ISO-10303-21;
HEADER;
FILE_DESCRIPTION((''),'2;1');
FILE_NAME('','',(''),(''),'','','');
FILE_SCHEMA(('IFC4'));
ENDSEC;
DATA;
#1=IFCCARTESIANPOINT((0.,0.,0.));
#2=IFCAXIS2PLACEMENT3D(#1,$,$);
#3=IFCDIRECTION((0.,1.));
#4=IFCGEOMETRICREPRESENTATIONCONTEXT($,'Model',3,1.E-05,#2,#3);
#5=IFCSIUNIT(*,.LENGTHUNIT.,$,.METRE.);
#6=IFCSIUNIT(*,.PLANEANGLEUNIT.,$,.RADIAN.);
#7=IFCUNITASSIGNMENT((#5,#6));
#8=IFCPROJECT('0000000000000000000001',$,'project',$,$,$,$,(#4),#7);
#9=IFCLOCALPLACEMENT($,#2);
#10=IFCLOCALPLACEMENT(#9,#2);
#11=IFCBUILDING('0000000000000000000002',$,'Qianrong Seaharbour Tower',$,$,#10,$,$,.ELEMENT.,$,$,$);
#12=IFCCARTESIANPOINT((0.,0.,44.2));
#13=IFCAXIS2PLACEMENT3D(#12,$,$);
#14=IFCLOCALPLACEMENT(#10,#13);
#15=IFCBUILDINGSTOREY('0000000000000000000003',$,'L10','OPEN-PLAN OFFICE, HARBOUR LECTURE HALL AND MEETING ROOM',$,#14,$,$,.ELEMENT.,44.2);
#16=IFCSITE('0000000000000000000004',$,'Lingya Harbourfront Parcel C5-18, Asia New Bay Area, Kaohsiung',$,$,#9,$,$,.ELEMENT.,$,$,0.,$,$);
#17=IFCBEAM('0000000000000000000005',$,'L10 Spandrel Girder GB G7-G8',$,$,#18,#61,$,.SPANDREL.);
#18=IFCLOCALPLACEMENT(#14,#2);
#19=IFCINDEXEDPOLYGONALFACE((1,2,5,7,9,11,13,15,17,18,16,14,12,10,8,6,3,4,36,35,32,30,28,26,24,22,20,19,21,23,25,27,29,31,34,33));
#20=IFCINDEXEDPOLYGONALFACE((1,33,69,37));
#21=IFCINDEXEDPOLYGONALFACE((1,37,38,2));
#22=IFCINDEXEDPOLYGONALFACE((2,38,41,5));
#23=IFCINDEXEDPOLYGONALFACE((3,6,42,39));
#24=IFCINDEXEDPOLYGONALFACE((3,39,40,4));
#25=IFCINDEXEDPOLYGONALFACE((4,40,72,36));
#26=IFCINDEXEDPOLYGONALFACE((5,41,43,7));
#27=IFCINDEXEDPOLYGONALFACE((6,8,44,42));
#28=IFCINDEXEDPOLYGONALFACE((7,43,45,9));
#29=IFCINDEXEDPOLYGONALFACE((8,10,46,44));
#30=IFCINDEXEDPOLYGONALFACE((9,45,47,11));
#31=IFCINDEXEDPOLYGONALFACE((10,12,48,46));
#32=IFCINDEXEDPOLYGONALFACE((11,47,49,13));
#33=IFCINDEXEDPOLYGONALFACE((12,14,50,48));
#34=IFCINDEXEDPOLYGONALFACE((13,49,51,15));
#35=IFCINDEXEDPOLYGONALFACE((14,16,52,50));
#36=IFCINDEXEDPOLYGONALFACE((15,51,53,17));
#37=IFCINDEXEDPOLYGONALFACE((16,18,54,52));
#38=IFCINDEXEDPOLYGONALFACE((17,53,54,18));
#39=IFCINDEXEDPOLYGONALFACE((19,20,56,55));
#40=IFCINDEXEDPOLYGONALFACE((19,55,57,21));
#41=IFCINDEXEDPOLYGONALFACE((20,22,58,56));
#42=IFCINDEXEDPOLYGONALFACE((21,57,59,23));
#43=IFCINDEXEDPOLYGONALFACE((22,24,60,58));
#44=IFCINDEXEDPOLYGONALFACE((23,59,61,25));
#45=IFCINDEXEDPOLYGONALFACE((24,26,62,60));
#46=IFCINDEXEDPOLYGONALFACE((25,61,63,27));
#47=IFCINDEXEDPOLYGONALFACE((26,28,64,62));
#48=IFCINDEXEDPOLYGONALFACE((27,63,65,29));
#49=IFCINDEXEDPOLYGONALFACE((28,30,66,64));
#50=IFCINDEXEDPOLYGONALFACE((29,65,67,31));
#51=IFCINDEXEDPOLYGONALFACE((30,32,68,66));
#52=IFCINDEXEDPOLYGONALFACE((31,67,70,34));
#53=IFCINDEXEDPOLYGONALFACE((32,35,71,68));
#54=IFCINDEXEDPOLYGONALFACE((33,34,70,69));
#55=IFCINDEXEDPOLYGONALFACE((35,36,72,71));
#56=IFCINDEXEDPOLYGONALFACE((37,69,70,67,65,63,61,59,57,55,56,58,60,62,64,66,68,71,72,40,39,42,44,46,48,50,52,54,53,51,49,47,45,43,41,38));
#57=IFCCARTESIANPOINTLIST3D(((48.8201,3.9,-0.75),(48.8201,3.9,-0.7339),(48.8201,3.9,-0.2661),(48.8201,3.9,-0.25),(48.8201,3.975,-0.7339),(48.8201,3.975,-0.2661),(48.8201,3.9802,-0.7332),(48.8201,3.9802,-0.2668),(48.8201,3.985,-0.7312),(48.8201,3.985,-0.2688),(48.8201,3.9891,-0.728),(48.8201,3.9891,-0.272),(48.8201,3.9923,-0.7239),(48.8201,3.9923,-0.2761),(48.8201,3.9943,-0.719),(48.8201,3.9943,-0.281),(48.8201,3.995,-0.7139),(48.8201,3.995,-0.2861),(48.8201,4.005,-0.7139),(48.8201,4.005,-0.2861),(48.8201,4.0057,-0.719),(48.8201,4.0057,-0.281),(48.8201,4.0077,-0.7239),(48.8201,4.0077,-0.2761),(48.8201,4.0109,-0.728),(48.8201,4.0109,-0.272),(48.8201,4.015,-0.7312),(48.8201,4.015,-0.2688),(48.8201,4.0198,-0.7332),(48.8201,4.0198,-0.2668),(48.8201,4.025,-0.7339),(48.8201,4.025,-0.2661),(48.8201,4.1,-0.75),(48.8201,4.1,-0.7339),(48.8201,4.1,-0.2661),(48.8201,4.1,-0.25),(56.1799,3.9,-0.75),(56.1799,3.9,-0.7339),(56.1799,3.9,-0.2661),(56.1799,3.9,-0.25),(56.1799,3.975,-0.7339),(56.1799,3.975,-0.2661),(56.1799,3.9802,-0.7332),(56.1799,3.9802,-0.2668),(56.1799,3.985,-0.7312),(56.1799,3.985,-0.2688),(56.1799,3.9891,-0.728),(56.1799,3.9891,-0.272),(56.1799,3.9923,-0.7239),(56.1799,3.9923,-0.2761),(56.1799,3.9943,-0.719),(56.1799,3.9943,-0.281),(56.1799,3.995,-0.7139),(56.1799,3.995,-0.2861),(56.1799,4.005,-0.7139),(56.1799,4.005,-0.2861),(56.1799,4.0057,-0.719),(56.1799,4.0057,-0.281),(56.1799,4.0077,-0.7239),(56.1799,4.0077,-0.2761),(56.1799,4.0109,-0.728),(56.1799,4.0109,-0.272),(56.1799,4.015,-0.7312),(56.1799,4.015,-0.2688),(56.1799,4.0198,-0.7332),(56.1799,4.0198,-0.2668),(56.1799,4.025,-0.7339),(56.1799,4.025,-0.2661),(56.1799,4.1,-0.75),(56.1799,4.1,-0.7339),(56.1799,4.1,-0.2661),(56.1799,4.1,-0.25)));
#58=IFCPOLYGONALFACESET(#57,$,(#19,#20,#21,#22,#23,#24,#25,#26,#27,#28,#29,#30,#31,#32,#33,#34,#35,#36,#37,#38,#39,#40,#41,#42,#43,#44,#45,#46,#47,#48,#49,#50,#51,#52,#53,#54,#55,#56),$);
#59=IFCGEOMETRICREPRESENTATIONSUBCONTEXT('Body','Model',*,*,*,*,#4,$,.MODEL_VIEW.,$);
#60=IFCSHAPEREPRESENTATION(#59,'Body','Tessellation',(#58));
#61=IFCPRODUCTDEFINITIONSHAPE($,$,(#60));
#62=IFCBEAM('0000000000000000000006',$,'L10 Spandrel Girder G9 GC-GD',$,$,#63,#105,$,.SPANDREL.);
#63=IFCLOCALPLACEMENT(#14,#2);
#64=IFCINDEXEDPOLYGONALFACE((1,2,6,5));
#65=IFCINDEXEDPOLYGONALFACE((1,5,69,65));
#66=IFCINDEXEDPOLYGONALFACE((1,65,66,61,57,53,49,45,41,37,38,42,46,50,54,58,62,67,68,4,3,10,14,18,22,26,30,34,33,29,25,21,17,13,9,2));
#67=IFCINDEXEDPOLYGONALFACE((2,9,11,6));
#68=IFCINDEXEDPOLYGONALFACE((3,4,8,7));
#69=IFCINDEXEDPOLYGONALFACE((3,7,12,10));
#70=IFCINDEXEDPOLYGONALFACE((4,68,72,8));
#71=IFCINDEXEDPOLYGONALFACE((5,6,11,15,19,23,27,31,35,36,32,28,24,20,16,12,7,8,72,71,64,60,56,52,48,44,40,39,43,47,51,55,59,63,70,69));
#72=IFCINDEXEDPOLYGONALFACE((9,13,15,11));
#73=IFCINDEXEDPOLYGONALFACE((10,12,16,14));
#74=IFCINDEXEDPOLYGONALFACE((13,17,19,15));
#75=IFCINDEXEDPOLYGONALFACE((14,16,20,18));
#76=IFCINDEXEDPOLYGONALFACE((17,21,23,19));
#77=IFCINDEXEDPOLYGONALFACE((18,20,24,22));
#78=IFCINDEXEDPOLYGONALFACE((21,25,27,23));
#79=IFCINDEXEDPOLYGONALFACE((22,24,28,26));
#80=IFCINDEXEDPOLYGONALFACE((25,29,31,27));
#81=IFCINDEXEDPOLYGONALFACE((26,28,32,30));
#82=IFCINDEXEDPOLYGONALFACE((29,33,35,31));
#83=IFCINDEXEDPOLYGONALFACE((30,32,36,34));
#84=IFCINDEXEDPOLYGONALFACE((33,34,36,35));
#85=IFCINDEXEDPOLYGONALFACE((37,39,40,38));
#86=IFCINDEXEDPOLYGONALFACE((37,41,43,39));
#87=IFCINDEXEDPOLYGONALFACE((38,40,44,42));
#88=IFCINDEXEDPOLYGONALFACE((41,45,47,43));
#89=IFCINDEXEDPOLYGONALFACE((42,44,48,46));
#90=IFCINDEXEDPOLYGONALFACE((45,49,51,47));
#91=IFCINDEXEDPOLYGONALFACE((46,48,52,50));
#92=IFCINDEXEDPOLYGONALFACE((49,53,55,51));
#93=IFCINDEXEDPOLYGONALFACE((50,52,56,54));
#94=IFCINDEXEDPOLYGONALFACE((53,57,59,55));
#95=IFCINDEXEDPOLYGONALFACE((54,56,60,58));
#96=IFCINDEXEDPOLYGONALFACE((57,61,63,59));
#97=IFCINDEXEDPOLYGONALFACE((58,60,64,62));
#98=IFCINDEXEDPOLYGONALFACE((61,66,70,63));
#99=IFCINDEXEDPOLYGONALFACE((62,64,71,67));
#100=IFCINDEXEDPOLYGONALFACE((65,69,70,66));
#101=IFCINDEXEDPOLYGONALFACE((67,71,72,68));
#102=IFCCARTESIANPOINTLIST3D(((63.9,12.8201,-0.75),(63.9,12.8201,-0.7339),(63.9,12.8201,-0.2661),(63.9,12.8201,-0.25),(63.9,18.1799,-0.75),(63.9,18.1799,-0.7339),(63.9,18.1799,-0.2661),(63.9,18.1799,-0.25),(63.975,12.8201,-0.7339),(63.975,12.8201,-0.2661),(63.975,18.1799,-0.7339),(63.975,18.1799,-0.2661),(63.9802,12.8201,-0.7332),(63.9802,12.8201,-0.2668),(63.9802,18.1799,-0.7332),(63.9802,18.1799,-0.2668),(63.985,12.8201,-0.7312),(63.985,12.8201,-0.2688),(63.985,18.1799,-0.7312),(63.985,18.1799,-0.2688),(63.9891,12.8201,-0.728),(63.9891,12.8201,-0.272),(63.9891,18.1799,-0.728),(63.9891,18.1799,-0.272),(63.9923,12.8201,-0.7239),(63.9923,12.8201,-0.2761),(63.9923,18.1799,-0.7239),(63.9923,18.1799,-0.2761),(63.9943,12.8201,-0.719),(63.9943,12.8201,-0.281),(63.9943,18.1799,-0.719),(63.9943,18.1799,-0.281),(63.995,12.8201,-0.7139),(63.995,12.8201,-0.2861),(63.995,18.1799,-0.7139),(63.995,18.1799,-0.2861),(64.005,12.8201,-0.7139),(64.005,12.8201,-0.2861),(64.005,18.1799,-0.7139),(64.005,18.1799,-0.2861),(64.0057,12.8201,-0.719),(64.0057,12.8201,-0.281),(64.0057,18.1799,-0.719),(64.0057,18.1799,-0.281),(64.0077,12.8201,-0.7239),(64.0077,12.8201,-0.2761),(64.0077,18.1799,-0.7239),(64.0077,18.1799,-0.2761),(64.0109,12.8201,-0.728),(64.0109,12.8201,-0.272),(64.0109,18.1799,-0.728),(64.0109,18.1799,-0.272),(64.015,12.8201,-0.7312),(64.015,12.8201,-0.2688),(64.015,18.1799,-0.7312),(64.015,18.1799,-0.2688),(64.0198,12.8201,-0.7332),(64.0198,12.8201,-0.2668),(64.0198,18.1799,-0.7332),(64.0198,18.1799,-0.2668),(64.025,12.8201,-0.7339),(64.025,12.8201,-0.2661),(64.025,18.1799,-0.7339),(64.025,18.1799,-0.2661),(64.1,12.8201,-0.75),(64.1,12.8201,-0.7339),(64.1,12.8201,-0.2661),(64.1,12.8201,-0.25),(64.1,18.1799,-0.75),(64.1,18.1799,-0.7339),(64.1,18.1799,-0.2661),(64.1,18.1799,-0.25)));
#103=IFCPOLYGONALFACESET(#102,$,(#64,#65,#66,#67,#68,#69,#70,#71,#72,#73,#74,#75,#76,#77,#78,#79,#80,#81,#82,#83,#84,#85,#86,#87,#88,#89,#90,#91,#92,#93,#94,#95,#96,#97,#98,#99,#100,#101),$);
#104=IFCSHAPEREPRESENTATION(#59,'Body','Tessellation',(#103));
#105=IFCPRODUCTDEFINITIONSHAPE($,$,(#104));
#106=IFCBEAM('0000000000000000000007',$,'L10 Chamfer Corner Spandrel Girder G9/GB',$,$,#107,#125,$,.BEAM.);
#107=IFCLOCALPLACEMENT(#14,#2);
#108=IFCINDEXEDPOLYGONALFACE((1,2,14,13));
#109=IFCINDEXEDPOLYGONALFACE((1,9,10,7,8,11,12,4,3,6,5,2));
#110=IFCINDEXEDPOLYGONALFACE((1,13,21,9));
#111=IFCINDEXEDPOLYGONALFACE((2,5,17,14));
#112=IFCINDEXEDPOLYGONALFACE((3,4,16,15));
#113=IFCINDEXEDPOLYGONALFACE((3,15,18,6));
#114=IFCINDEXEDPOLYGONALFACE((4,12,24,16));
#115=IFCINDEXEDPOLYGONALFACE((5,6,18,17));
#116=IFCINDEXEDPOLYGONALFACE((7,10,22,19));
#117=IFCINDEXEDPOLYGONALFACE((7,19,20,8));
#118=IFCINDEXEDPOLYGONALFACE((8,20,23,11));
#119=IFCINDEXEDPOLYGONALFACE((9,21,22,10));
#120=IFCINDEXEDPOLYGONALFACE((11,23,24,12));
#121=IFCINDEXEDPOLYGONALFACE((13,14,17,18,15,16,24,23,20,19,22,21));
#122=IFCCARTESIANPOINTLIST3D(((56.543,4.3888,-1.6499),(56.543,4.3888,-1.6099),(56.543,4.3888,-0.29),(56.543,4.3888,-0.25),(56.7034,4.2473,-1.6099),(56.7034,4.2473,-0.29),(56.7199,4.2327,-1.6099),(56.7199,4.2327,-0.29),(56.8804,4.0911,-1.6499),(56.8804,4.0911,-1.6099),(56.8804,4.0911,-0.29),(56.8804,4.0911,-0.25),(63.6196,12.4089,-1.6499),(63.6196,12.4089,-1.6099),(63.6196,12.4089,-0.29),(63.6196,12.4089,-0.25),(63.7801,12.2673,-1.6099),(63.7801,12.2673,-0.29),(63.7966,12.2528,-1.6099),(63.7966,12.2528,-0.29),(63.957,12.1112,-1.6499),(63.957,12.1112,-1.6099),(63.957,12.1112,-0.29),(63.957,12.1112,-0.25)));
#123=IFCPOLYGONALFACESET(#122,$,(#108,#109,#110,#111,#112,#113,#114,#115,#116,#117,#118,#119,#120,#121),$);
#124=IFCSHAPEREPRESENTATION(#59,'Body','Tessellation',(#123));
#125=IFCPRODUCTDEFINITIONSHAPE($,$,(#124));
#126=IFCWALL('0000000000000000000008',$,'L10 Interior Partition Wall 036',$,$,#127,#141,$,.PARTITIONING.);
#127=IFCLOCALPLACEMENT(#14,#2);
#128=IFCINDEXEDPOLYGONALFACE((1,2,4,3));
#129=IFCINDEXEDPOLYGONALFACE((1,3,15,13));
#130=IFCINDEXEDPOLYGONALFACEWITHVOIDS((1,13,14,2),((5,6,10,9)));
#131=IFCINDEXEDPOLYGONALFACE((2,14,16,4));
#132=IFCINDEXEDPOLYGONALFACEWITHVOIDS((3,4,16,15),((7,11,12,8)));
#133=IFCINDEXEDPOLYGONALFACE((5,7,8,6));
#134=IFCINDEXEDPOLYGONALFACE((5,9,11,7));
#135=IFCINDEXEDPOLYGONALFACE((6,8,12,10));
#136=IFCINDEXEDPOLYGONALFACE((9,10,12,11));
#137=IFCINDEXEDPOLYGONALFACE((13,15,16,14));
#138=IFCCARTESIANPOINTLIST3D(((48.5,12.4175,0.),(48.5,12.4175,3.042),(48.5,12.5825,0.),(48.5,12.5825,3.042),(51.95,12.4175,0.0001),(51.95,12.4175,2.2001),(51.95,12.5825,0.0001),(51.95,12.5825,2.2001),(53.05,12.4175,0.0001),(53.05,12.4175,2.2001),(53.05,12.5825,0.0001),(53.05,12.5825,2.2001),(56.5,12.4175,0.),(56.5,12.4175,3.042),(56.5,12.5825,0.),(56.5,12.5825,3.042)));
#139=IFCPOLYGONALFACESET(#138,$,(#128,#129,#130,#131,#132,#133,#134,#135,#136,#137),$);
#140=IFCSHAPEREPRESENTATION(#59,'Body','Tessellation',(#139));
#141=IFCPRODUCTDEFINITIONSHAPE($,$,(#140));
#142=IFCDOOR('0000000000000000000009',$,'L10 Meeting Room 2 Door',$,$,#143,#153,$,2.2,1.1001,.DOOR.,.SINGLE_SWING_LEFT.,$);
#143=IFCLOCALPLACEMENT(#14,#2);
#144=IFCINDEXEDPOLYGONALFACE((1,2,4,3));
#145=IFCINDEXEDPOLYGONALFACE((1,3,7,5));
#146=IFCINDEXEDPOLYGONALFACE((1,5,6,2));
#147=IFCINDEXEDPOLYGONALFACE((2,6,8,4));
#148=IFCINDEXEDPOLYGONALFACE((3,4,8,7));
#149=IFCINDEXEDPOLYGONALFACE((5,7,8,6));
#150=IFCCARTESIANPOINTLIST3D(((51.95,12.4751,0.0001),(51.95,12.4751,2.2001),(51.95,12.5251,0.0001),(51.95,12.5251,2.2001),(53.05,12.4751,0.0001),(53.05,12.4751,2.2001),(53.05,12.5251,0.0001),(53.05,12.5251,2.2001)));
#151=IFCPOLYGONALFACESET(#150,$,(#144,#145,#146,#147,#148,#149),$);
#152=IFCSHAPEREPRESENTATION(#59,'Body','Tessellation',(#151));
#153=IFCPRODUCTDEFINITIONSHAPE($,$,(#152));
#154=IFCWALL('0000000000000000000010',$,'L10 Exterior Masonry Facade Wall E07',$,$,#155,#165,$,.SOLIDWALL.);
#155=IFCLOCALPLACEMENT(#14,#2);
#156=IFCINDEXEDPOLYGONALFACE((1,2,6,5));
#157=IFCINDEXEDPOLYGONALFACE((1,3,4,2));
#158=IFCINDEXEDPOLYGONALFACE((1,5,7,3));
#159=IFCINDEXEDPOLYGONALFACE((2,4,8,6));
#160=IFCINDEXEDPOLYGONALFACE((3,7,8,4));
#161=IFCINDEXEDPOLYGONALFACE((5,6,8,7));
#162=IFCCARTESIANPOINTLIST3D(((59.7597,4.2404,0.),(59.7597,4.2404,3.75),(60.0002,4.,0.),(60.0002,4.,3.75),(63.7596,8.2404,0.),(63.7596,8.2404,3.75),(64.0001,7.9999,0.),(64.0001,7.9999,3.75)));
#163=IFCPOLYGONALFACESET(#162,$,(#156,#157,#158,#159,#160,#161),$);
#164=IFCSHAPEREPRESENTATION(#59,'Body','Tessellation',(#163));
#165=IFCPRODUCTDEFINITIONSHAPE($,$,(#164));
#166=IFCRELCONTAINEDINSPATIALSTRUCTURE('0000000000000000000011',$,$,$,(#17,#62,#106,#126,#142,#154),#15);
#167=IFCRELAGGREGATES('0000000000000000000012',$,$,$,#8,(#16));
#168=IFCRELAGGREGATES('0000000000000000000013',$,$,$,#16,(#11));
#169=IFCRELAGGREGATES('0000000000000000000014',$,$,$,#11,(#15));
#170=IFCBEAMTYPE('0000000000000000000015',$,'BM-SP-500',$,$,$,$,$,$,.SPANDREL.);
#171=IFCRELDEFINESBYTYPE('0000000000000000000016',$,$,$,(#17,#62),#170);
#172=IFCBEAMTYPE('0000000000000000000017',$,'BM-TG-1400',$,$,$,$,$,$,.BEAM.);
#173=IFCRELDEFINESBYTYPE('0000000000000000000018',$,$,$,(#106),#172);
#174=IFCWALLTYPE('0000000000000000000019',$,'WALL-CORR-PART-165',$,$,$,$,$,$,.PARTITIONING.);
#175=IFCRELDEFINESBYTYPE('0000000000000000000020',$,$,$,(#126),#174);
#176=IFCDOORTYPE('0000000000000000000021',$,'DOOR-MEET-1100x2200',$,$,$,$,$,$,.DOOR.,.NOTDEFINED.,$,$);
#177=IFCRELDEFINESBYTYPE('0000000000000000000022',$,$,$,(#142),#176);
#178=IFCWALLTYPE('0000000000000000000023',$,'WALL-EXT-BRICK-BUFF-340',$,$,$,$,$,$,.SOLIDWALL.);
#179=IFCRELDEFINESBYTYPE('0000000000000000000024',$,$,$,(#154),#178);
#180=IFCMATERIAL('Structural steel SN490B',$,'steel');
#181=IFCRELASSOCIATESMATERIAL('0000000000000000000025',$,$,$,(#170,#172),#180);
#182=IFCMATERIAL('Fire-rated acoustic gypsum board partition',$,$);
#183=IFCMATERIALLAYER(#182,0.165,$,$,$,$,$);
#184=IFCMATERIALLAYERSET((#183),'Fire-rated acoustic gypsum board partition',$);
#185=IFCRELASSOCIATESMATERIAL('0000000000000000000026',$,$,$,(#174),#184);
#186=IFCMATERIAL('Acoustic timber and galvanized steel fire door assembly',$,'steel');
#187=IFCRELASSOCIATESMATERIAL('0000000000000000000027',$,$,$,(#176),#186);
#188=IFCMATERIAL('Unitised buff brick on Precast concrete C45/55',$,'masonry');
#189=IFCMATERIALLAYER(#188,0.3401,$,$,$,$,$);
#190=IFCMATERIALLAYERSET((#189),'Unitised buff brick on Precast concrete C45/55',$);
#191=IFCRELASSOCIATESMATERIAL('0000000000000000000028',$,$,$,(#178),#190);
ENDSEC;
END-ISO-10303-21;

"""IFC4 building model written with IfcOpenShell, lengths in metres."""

from ifc_helpers import new_model, si_unit, direction, frame, frame_2d, origin, origin_2d, place, context, subcontext, project, spatial, rectangle, i_section, extrude, material, layer, layer_set, material_profile, profile_set, type_object, element, fill, save


model = new_model("IFC4")

# Units and contexts
model_context = context("Model", 3, precision=1e-05, world=origin(), true_north=direction((0.0, 1.0)))
body_context = subcontext(model_context, "Body", "Model", "MODEL_VIEW")
ifc_project = project(units=[si_unit("LENGTHUNIT", "METRE"), si_unit("PLANEANGLEUNIT", "RADIAN")], contexts=[model_context])

# Site, building, storey
site_placement = place(None, origin())
site = spatial("IfcSite", under=ifc_project, at=site_placement, Name="Lingya Harbourfront Parcel C5-18, Asia New Bay Area, Kaohsiung", CompositionType="ELEMENT", RefElevation=0.0)
building_placement = place(site_placement, origin())
building = spatial("IfcBuilding", under=site, at=building_placement, Name="Qianrong Seaharbour Tower", CompositionType="ELEMENT")
storey_placement = place(building_placement, frame((0.0, 0.0, 44.2)))
storey = spatial("IfcBuildingStorey", under=building, at=storey_placement, Name="L10", Description="OPEN-PLAN OFFICE, HARBOUR LECTURE HALL AND MEETING ROOM", CompositionType="ELEMENT", Elevation=44.2)

# Shared definitions
ifc_material_1 = material(Name="Structural steel SN490B", Category="steel")

# Beams
ifc_material_profile_1 = material_profile(ifc_material_1, i_section(OverallWidth=0.2, OverallDepth=0.5, WebThickness=0.01, FlangeThickness=0.0161, FilletRadius=0.02, at=origin_2d()), Name="H500x200x10x16")
ifc_profile_set_1 = profile_set([ifc_material_profile_1], Name="Structural steel SN490B")
beam_type_1 = type_object("IfcBeamType", Name="BM-SP-500", PredefinedType="SPANDREL", material=ifc_profile_set_1)
beam_1_placement = place(storey_placement, frame((48.8201, 4.0, -0.5), z_axis=(1.0, 0.0, 0.0), x_axis=(0.0, 1.0, 0.0)))
element("IfcBeam", 1, at=beam_1_placement, inside=storey, type_object=beam_type_1, Name="L10 Spandrel Girder GB G7-G8", PredefinedType="SPANDREL", context=body_context, shape_type="SweptSolid", body=[
    extrude(i_section(OverallWidth=0.2, OverallDepth=0.5, WebThickness=0.01, FlangeThickness=0.0161, FilletRadius=0.02, at=origin_2d()), origin(), (0.0, 0.0, 1.0), 7.3599),
])
beam_2_placement = place(storey_placement, frame((64.0, 12.8201, -0.5), z_axis=(0.0, 1.0, 0.0), x_axis=(-1.0, 0.0, 0.0)))
element("IfcBeam", 2, at=beam_2_placement, inside=storey, type_object=beam_type_1, Name="L10 Spandrel Girder G9 GC-GD", PredefinedType="SPANDREL", context=body_context, shape_type="SweptSolid", body=[
    extrude(i_section(OverallWidth=0.2, OverallDepth=0.5, WebThickness=0.01, FlangeThickness=0.0161, FilletRadius=0.02, at=origin_2d()), origin(), (0.0, 0.0, 1.0), 5.3599),
])
ifc_material_profile_2 = material_profile(ifc_material_1, i_section(OverallWidth=0.45, OverallDepth=1.3999, WebThickness=0.022, FlangeThickness=0.04, at=origin_2d()), Name="BH1400x450x22x40")
ifc_profile_set_2 = profile_set([ifc_material_profile_2], Name="Structural steel SN490B")
beam_type_2 = type_object("IfcBeamType", Name="BM-TG-1400", PredefinedType="BEAM", material=ifc_profile_set_2)
beam_3_placement = place(storey_placement, frame((56.7117, 4.24, -0.95), z_axis=(0.661631, 0.74983, 0.0), x_axis=(-0.74983, 0.661631, 0.0)))
element("IfcBeam", 3, at=beam_3_placement, inside=storey, type_object=beam_type_2, Name="L10 Chamfer Corner Spandrel Girder G9/GB", PredefinedType="BEAM", context=body_context, shape_type="SweptSolid", body=[
    extrude(i_section(OverallWidth=0.45, OverallDepth=1.3999, WebThickness=0.022, FlangeThickness=0.04, at=origin_2d()), origin(), (0.0, 0.0, 1.0), 10.6958),
])

# Wall, opening, door
ifc_material_2 = material(Name="Fire-rated acoustic gypsum board partition")
ifc_layer_1 = layer(ifc_material_2, 0.165)
ifc_layer_set_1 = layer_set([ifc_layer_1], Name="Fire-rated acoustic gypsum board partition")
wall_type_1 = type_object("IfcWallType", Name="WALL-CORR-PART-165", PredefinedType="PARTITIONING", material=ifc_layer_set_1)
wall_1_placement = place(storey_placement, frame((56.5, 12.5, 0.0), z_axis=(0.0, 0.0, 1.0), x_axis=(-1.0, 0.0, 0.0)))
wall_1 = element("IfcWall", 4, at=wall_1_placement, inside=storey, type_object=wall_type_1, Name="L10 Interior Partition Wall 036", PredefinedType="PARTITIONING", context=body_context, shape_type="SweptSolid", body=[
    extrude(rectangle(XDim=8.0, YDim=0.165, at=frame_2d((4.0, 0.0))), origin(), (0.0, 0.0, 1.0), 3.042),
])
opening_1_placement = place(wall_1_placement, frame((3.45, 0.0, 0.0)))
opening_1 = element("IfcOpeningElement", 5, at=opening_1_placement, cuts=wall_1, PredefinedType="OPENING", context=body_context, shape_type="SweptSolid", body=[
    extrude(rectangle(XDim=1.1001, YDim=2.2, at=frame_2d((0.55, 1.1001))), frame((0.0, 0.0925, 0.0), z_axis=(0.0, -1.0, 0.0), x_axis=(1.0, 0.0, 0.0)), (0.0, 0.0, 1.0), 0.1851),
])
ifc_material_3 = material(Name="Acoustic timber and galvanized steel fire door assembly", Category="steel")
door_type_1 = type_object("IfcDoorType", Name="DOOR-MEET-1100x2200", OperationType="NOTDEFINED", PredefinedType="DOOR", material=ifc_material_3)
door_1_placement = place(opening_1_placement, origin())
door_1 = element("IfcDoor", 6, at=door_1_placement, inside=storey, type_object=door_type_1, Name="L10 Meeting Room 2 Door", OperationType="SINGLE_SWING_LEFT", OverallHeight=2.2, OverallWidth=1.1001, PredefinedType="DOOR", context=body_context, shape_type="SweptSolid", body=[
    extrude(rectangle(XDim=1.1001, YDim=2.2, at=frame_2d((0.55, 1.1001))), frame((0.0, 0.0249, 0.0), z_axis=(0.0, -1.0, 0.0), x_axis=(1.0, 0.0, 0.0)), (0.0, 0.0, 1.0), 0.05),
])
fill(opening_1, door_1)

# Wall
ifc_material_4 = material(Name="Unitised buff brick on Precast concrete C45/55", Category="masonry")
ifc_layer_2 = layer(ifc_material_4, 0.3401)
ifc_layer_set_2 = layer_set([ifc_layer_2], Name="Unitised buff brick on Precast concrete C45/55")
wall_type_2 = type_object("IfcWallType", Name="WALL-EXT-BRICK-BUFF-340", PredefinedType="SOLIDWALL", material=ifc_layer_set_2)
wall_2_placement = place(storey_placement, frame((63.8799, 8.1201, 0.0), z_axis=(0.0, 0.0, 1.0), x_axis=(-0.707107, -0.707107, 0.0)))
element("IfcWall", 7, at=wall_2_placement, inside=storey, type_object=wall_type_2, Name="L10 Exterior Masonry Facade Wall E07", PredefinedType="SOLIDWALL", context=body_context, shape_type="SweptSolid", body=[
    extrude(rectangle(XDim=5.6567, YDim=0.3401, at=frame_2d((2.8284, 0.0))), origin(), (0.0, 0.0, 1.0), 3.75),
])

save(model, "model.ifc")
